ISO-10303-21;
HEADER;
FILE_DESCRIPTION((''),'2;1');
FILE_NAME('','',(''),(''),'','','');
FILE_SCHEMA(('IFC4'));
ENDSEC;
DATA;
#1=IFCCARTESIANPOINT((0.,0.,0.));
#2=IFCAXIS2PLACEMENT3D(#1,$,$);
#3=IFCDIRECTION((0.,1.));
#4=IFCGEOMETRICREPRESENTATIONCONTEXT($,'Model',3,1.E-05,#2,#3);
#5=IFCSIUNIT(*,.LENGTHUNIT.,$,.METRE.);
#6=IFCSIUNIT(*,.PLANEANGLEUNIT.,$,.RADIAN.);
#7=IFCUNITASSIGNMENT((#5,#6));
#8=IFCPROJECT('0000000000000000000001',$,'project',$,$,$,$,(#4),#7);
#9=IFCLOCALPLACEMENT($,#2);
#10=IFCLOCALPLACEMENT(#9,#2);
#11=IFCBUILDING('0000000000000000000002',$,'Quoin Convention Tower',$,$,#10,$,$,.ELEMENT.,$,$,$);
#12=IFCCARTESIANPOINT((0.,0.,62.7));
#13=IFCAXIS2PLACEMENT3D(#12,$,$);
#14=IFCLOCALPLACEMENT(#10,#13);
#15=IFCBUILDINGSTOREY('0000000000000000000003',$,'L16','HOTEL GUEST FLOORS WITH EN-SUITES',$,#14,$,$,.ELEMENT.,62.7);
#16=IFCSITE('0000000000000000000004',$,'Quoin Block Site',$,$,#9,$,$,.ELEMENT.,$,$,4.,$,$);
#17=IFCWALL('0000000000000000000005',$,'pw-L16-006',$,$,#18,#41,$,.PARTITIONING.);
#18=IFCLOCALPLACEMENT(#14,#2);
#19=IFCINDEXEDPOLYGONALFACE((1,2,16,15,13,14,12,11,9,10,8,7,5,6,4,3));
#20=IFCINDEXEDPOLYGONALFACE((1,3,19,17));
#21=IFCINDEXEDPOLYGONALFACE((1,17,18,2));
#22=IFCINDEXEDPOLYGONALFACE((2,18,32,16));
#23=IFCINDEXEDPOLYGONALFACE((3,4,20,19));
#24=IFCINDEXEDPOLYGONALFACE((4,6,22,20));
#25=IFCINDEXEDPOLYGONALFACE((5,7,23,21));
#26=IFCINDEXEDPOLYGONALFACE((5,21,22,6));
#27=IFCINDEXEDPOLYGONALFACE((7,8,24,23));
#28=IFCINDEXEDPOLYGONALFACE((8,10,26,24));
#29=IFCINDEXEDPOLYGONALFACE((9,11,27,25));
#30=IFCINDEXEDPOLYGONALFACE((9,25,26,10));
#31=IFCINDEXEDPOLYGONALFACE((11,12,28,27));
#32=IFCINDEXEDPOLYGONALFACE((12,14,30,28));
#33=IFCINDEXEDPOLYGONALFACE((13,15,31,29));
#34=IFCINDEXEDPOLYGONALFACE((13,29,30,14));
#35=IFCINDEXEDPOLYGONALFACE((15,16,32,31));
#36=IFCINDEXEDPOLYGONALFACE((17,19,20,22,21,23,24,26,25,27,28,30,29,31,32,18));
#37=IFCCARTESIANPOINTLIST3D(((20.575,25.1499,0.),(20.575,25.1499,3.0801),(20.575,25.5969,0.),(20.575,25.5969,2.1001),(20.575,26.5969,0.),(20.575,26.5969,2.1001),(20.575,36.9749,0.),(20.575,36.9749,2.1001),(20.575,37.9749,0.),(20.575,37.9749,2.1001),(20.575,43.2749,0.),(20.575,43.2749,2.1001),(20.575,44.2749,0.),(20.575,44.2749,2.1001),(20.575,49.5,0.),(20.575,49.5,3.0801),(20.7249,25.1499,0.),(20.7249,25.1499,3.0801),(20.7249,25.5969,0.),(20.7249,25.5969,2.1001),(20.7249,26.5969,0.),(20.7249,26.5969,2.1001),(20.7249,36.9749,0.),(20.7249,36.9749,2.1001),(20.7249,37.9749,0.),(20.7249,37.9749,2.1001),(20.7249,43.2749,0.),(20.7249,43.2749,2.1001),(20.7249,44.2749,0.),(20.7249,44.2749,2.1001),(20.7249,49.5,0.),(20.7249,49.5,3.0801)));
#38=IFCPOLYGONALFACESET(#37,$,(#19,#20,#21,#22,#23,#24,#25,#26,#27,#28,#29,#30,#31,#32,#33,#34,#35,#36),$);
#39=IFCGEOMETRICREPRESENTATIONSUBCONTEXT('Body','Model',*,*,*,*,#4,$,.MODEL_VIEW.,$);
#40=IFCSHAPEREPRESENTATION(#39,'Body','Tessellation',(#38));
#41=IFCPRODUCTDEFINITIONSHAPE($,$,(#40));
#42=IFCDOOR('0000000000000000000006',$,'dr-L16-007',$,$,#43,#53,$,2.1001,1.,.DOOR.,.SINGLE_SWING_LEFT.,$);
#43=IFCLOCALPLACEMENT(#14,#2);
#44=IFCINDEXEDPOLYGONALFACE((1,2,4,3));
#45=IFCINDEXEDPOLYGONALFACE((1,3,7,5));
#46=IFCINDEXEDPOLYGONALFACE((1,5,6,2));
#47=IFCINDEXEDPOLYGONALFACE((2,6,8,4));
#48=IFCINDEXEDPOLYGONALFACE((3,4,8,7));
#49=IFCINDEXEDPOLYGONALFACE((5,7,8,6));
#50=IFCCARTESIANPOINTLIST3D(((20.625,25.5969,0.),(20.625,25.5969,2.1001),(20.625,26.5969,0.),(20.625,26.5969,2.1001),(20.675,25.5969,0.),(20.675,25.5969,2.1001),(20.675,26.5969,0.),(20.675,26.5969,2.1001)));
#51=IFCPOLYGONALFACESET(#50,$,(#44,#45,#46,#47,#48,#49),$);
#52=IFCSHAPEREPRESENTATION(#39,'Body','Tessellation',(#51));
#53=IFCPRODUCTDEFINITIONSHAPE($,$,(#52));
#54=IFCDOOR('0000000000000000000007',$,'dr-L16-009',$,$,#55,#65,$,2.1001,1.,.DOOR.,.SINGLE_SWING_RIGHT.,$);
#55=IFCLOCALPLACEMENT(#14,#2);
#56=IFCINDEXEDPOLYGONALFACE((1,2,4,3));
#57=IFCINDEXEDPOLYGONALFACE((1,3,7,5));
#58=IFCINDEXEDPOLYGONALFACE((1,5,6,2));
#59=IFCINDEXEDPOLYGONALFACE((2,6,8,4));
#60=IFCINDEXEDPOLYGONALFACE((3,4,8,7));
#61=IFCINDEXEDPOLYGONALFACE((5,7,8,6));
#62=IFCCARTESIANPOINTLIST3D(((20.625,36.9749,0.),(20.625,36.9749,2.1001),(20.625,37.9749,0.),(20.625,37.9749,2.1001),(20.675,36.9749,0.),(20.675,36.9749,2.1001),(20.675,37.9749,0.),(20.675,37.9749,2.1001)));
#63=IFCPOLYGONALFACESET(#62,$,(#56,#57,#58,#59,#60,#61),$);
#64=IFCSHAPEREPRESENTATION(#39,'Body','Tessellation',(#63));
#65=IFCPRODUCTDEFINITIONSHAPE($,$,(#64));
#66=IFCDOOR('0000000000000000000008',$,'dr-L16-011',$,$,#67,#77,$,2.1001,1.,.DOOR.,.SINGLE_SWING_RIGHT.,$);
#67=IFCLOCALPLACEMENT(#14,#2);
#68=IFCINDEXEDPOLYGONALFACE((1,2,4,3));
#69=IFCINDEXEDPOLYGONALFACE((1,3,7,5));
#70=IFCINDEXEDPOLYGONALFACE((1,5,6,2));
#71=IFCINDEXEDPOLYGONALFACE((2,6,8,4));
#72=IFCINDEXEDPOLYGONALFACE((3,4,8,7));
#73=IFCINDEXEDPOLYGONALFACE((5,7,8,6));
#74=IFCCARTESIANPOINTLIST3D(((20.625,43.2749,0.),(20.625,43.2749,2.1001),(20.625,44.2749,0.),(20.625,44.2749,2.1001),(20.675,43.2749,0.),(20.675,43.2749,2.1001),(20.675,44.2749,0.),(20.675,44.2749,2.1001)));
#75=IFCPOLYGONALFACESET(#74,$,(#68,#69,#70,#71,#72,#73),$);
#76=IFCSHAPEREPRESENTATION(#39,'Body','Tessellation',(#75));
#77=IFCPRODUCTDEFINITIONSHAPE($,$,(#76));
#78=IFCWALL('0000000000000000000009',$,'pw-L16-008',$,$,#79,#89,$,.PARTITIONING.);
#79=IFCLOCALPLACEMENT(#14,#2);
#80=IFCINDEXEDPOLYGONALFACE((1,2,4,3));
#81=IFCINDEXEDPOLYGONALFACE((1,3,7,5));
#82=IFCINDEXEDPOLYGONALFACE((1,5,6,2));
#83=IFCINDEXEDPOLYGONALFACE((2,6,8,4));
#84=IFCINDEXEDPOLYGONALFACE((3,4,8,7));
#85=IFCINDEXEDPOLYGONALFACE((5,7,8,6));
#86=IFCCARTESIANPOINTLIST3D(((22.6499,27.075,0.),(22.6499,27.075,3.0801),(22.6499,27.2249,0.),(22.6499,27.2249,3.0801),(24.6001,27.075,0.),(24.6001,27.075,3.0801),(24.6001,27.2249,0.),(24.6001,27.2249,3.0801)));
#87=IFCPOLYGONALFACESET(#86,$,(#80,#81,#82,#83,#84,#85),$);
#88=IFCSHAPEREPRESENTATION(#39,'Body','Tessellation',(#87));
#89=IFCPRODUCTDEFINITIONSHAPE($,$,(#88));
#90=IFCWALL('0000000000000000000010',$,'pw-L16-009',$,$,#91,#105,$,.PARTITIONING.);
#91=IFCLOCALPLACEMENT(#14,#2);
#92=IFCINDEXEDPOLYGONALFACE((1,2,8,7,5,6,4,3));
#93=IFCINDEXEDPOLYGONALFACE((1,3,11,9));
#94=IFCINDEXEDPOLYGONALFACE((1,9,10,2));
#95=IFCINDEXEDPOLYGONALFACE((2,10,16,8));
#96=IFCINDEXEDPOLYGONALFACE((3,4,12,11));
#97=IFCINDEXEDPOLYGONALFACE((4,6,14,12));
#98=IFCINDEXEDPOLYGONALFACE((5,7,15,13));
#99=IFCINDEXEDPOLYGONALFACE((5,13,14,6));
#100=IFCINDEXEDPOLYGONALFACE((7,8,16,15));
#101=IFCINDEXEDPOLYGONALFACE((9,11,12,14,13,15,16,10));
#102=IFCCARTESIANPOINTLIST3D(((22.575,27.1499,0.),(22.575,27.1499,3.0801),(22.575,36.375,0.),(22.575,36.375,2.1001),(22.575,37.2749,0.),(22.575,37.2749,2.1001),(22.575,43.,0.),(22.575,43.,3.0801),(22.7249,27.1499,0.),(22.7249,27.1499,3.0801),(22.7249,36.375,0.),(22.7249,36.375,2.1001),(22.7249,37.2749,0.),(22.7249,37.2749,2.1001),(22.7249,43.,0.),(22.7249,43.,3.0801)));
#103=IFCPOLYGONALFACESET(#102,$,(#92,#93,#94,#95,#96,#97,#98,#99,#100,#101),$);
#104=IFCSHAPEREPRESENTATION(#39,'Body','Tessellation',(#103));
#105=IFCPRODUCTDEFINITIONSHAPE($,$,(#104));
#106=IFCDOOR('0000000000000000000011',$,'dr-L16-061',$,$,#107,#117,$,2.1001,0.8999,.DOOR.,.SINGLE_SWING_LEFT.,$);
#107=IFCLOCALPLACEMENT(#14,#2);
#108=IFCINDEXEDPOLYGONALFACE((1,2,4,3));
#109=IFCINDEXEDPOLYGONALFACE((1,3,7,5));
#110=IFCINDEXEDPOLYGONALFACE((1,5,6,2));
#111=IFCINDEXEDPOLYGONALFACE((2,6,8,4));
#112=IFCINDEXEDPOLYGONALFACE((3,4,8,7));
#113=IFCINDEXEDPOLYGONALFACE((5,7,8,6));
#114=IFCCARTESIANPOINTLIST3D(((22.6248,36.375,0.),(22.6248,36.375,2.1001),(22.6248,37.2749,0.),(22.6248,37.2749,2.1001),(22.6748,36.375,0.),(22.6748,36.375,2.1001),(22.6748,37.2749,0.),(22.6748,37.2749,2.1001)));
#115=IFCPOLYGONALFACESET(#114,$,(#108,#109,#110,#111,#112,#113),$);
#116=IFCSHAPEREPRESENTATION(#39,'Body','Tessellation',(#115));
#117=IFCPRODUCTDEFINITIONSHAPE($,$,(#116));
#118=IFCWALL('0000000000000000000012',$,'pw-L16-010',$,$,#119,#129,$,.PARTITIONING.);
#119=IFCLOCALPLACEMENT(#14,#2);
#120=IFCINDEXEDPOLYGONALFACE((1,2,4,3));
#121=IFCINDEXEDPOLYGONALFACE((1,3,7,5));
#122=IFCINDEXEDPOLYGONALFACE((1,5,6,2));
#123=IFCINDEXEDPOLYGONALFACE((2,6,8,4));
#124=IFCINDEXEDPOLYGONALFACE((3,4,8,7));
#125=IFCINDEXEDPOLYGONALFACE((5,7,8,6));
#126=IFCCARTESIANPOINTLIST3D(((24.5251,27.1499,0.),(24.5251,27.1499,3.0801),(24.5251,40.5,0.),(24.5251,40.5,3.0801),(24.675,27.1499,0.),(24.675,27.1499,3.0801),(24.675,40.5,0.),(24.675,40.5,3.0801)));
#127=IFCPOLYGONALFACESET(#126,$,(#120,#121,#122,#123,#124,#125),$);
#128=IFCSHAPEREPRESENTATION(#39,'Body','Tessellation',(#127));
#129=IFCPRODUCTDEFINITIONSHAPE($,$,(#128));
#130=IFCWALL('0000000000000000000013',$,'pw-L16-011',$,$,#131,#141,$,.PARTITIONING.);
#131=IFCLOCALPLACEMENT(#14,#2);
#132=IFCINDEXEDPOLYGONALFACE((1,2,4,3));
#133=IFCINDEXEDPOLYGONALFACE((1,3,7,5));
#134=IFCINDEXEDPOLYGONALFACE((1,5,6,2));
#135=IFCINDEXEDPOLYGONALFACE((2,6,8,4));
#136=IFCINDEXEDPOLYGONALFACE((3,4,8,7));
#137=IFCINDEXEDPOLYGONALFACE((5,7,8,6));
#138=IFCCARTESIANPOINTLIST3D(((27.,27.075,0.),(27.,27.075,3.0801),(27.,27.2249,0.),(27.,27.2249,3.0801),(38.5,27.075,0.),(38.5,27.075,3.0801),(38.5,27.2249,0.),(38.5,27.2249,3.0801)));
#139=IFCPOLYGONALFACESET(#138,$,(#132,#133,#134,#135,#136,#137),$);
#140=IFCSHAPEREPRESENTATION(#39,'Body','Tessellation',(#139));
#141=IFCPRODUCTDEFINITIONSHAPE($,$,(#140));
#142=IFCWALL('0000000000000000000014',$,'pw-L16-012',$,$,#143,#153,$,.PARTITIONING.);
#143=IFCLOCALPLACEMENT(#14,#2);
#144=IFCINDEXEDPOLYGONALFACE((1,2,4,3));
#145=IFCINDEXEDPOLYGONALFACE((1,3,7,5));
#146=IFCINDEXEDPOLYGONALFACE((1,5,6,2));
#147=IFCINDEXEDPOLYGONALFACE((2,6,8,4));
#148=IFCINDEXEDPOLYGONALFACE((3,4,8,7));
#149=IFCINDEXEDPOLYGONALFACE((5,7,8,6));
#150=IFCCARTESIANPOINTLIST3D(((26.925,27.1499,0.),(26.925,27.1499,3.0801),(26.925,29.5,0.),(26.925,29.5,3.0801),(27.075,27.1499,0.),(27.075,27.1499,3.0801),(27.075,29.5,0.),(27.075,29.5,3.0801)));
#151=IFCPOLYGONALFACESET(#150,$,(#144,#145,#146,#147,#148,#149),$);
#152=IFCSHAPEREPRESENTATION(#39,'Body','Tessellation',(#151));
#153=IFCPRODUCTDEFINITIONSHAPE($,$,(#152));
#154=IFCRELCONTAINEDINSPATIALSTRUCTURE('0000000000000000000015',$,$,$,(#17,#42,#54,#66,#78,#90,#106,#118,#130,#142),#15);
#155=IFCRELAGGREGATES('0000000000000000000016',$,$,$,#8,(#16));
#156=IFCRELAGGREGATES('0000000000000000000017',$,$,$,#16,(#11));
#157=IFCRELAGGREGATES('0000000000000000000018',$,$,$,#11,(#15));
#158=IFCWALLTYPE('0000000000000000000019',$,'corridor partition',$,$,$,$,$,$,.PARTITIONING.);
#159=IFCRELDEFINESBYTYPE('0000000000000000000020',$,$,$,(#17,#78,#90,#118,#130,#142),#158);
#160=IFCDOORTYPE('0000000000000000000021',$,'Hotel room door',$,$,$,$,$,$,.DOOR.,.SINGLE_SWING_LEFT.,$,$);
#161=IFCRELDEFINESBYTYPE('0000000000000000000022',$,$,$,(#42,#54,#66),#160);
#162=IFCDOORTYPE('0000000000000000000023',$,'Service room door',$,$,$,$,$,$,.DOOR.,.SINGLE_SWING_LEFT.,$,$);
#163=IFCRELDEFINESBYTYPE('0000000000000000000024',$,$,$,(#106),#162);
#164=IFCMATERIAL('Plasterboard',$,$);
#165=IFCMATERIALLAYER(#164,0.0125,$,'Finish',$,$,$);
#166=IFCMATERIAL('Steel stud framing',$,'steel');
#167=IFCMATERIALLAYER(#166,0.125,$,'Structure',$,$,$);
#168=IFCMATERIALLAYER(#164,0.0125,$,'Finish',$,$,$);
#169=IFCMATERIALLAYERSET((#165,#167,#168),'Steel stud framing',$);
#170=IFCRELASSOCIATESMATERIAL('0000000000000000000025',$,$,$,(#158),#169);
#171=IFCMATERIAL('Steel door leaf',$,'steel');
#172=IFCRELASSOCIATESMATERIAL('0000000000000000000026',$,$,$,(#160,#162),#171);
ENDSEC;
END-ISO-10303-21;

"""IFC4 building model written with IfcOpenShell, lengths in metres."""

from ifc_helpers import new_model, si_unit, direction, frame, frame_2d, origin, place, context, subcontext, project, spatial, rectangle, extrude, material, layer, layer_set, type_object, element, fill, save


model = new_model("IFC4")

# Units and contexts
model_context = context("Model", 3, precision=1e-05, world=origin(), true_north=direction((0.0, 1.0)))
body_context = subcontext(model_context, "Body", "Model", "MODEL_VIEW")
ifc_project = project(units=[si_unit("LENGTHUNIT", "METRE"), si_unit("PLANEANGLEUNIT", "RADIAN")], contexts=[model_context])

# Site, building, storey
site_placement = place(None, origin())
site = spatial("IfcSite", under=ifc_project, at=site_placement, Name="Quoin Block Site", CompositionType="ELEMENT", RefElevation=4.0)
building_placement = place(site_placement, origin())
building = spatial("IfcBuilding", under=site, at=building_placement, Name="Quoin Convention Tower", CompositionType="ELEMENT")
storey_placement = place(building_placement, frame((0.0, 0.0, 62.7)))
storey = spatial("IfcBuildingStorey", under=building, at=storey_placement, Name="L16", Description="HOTEL GUEST FLOORS WITH EN-SUITES", CompositionType="ELEMENT", Elevation=62.7)

# Shared definitions
ifc_material_1 = material(Name="Steel door leaf", Category="steel")

# Wall, openings, doors
ifc_material_2 = material(Name="Plasterboard")
ifc_layer_1 = layer(ifc_material_2, 0.0125, Name="Finish")
ifc_material_3 = material(Name="Steel stud framing", Category="steel")
ifc_layer_2 = layer(ifc_material_3, 0.125, Name="Structure")
ifc_layer_3 = layer(ifc_material_2, 0.0125, Name="Finish")
ifc_layer_set_1 = layer_set([ifc_layer_1, ifc_layer_2, ifc_layer_3], Name="Steel stud framing")
wall_type_1 = type_object("IfcWallType", Name="corridor partition", PredefinedType="PARTITIONING", material=ifc_layer_set_1)
door_type_1 = type_object("IfcDoorType", Name="Hotel room door", OperationType="SINGLE_SWING_LEFT", PredefinedType="DOOR", material=ifc_material_1)
wall_1_placement = place(storey_placement, frame((20.6499, 25.1499, 0.0), z_axis=(0.0, 0.0, 1.0), x_axis=(0.0, 1.0, 0.0)))
wall_1 = element("IfcWall", 1, at=wall_1_placement, inside=storey, type_object=wall_type_1, Name="pw-L16-006", PredefinedType="PARTITIONING", context=body_context, shape_type="SweptSolid", body=[
    extrude(rectangle(XDim=24.3501, YDim=0.1499, at=frame_2d((12.175, 0.0))), origin(), (0.0, 0.0, 1.0), 3.0801),
])
opening_1_placement = place(wall_1_placement, frame((0.447, 0.0, 0.0)))
opening_1 = element("IfcOpeningElement", 2, at=opening_1_placement, cuts=wall_1, PredefinedType="OPENING", context=body_context, shape_type="SweptSolid", body=[
    extrude(rectangle(XDim=1.0, YDim=2.1001, at=frame_2d((0.5, 1.05))), frame((0.0, 0.085, 0.0), z_axis=(0.0, -1.0, 0.0), x_axis=(1.0, 0.0, 0.0)), (0.0, 0.0, 1.0), 0.1699),
])
opening_2_placement = place(wall_1_placement, frame((11.825, 0.0, 0.0)))
opening_2 = element("IfcOpeningElement", 3, at=opening_2_placement, cuts=wall_1, PredefinedType="OPENING", context=body_context, shape_type="SweptSolid", body=[
    extrude(rectangle(XDim=1.0, YDim=2.1001, at=frame_2d((0.5, 1.05))), frame((0.0, 0.085, 0.0), z_axis=(0.0, -1.0, 0.0), x_axis=(1.0, 0.0, 0.0)), (0.0, 0.0, 1.0), 0.1699),
])
opening_3_placement = place(wall_1_placement, frame((18.125, 0.0, 0.0)))
opening_3 = element("IfcOpeningElement", 4, at=opening_3_placement, cuts=wall_1, PredefinedType="OPENING", context=body_context, shape_type="SweptSolid", body=[
    extrude(rectangle(XDim=1.0, YDim=2.1001, at=frame_2d((0.5, 1.05))), frame((0.0, 0.085, 0.0), z_axis=(0.0, -1.0, 0.0), x_axis=(1.0, 0.0, 0.0)), (0.0, 0.0, 1.0), 0.1699),
])
door_1_placement = place(opening_1_placement, origin())
door_1 = element("IfcDoor", 5, at=door_1_placement, inside=storey, type_object=door_type_1, Name="dr-L16-007", OperationType="SINGLE_SWING_LEFT", OverallHeight=2.1001, OverallWidth=1.0, PredefinedType="DOOR", context=body_context, shape_type="SweptSolid", body=[
    extrude(rectangle(XDim=1.0, YDim=2.1001, at=frame_2d((0.5, 1.05))), frame((0.0, 0.0249, 0.0), z_axis=(0.0, -1.0, 0.0), x_axis=(1.0, 0.0, 0.0)), (0.0, 0.0, 1.0), 0.05),
])
fill(opening_1, door_1)
door_2_placement = place(opening_2_placement, origin())
door_2 = element("IfcDoor", 6, at=door_2_placement, inside=storey, type_object=door_type_1, Name="dr-L16-009", OperationType="SINGLE_SWING_RIGHT", OverallHeight=2.1001, OverallWidth=1.0, PredefinedType="DOOR", context=body_context, shape_type="SweptSolid", body=[
    extrude(rectangle(XDim=1.0, YDim=2.1001, at=frame_2d((0.5, 1.05))), frame((0.0, 0.0249, 0.0), z_axis=(0.0, -1.0, 0.0), x_axis=(1.0, 0.0, 0.0)), (0.0, 0.0, 1.0), 0.05),
])
fill(opening_2, door_2)
door_3_placement = place(opening_3_placement, origin())
door_3 = element("IfcDoor", 7, at=door_3_placement, inside=storey, type_object=door_type_1, Name="dr-L16-011", OperationType="SINGLE_SWING_RIGHT", OverallHeight=2.1001, OverallWidth=1.0, PredefinedType="DOOR", context=body_context, shape_type="SweptSolid", body=[
    extrude(rectangle(XDim=1.0, YDim=2.1001, at=frame_2d((0.5, 1.05))), frame((0.0, 0.0249, 0.0), z_axis=(0.0, -1.0, 0.0), x_axis=(1.0, 0.0, 0.0)), (0.0, 0.0, 1.0), 0.05),
])
fill(opening_3, door_3)

# Wall
wall_2_placement = place(storey_placement, frame((22.6499, 27.1499, 0.0), z_axis=(0.0, 0.0, 1.0), x_axis=(1.0, 0.0, 0.0)))
element("IfcWall", 8, at=wall_2_placement, inside=storey, type_object=wall_type_1, Name="pw-L16-008", PredefinedType="PARTITIONING", context=body_context, shape_type="SweptSolid", body=[
    extrude(rectangle(XDim=1.9502, YDim=0.1499, at=frame_2d((0.9751, 0.0))), origin(), (0.0, 0.0, 1.0), 3.0801),
])

# Wall, opening, door
wall_3_placement = place(storey_placement, frame((22.6499, 27.1499, 0.0), z_axis=(0.0, 0.0, 1.0), x_axis=(0.0, 1.0, 0.0)))
wall_3 = element("IfcWall", 9, at=wall_3_placement, inside=storey, type_object=wall_type_1, Name="pw-L16-009", PredefinedType="PARTITIONING", context=body_context, shape_type="SweptSolid", body=[
    extrude(rectangle(XDim=15.8501, YDim=0.1499, at=frame_2d((7.925, 0.0))), origin(), (0.0, 0.0, 1.0), 3.0801),
])
opening_4_placement = place(wall_3_placement, frame((9.2251, 0.0, 0.0)))
opening_4 = element("IfcOpeningElement", 10, at=opening_4_placement, cuts=wall_3, PredefinedType="OPENING", context=body_context, shape_type="SweptSolid", body=[
    extrude(rectangle(XDim=0.8999, YDim=2.1001, at=frame_2d((0.45, 1.05))), frame((0.0, 0.085, 0.0), z_axis=(0.0, -1.0, 0.0), x_axis=(1.0, 0.0, 0.0)), (0.0, 0.0, 1.0), 0.1699),
])
door_type_2 = type_object("IfcDoorType", Name="Service room door", OperationType="SINGLE_SWING_LEFT", PredefinedType="DOOR", material=ifc_material_1)
door_4_placement = place(opening_4_placement, frame((0.8999, 0.0, 0.0), z_axis=(0.0, 0.0, 1.0), x_axis=(-1.0, 0.0, 0.0)))
door_4 = element("IfcDoor", 11, at=door_4_placement, inside=storey, type_object=door_type_2, Name="dr-L16-061", OperationType="SINGLE_SWING_LEFT", OverallHeight=2.1001, OverallWidth=0.8999, PredefinedType="DOOR", context=body_context, shape_type="SweptSolid", body=[
    extrude(rectangle(XDim=0.8999, YDim=2.1001, at=frame_2d((0.45, 1.05))), frame((0.0, 0.0249, 0.0), z_axis=(0.0, -1.0, 0.0), x_axis=(1.0, 0.0, 0.0)), (0.0, 0.0, 1.0), 0.05),
])
fill(opening_4, door_4)

# Walls
wall_4_placement = place(storey_placement, frame((24.6001, 27.1499, 0.0), z_axis=(0.0, 0.0, 1.0), x_axis=(0.0, 1.0, 0.0)))
element("IfcWall", 12, at=wall_4_placement, inside=storey, type_object=wall_type_1, Name="pw-L16-010", PredefinedType="PARTITIONING", context=body_context, shape_type="SweptSolid", body=[
    extrude(rectangle(XDim=13.3501, YDim=0.1499, at=frame_2d((6.675, 0.0))), origin(), (0.0, 0.0, 1.0), 3.0801),
])
wall_5_placement = place(storey_placement, frame((27.0, 27.1499, 0.0), z_axis=(0.0, 0.0, 1.0), x_axis=(1.0, 0.0, 0.0)))
element("IfcWall", 13, at=wall_5_placement, inside=storey, type_object=wall_type_1, Name="pw-L16-011", PredefinedType="PARTITIONING", context=body_context, shape_type="SweptSolid", body=[
    extrude(rectangle(XDim=11.5, YDim=0.1499, at=frame_2d((5.75, 0.0))), origin(), (0.0, 0.0, 1.0), 3.0801),
])
wall_6_placement = place(storey_placement, frame((27.0, 27.1499, 0.0), z_axis=(0.0, 0.0, 1.0), x_axis=(0.0, 1.0, 0.0)))
element("IfcWall", 14, at=wall_6_placement, inside=storey, type_object=wall_type_1, Name="pw-L16-012", PredefinedType="PARTITIONING", context=body_context, shape_type="SweptSolid", body=[
    extrude(rectangle(XDim=2.3501, YDim=0.1499, at=frame_2d((1.175, 0.0))), origin(), (0.0, 0.0, 1.0), 3.0801),
])

save(model, "model.ifc")
